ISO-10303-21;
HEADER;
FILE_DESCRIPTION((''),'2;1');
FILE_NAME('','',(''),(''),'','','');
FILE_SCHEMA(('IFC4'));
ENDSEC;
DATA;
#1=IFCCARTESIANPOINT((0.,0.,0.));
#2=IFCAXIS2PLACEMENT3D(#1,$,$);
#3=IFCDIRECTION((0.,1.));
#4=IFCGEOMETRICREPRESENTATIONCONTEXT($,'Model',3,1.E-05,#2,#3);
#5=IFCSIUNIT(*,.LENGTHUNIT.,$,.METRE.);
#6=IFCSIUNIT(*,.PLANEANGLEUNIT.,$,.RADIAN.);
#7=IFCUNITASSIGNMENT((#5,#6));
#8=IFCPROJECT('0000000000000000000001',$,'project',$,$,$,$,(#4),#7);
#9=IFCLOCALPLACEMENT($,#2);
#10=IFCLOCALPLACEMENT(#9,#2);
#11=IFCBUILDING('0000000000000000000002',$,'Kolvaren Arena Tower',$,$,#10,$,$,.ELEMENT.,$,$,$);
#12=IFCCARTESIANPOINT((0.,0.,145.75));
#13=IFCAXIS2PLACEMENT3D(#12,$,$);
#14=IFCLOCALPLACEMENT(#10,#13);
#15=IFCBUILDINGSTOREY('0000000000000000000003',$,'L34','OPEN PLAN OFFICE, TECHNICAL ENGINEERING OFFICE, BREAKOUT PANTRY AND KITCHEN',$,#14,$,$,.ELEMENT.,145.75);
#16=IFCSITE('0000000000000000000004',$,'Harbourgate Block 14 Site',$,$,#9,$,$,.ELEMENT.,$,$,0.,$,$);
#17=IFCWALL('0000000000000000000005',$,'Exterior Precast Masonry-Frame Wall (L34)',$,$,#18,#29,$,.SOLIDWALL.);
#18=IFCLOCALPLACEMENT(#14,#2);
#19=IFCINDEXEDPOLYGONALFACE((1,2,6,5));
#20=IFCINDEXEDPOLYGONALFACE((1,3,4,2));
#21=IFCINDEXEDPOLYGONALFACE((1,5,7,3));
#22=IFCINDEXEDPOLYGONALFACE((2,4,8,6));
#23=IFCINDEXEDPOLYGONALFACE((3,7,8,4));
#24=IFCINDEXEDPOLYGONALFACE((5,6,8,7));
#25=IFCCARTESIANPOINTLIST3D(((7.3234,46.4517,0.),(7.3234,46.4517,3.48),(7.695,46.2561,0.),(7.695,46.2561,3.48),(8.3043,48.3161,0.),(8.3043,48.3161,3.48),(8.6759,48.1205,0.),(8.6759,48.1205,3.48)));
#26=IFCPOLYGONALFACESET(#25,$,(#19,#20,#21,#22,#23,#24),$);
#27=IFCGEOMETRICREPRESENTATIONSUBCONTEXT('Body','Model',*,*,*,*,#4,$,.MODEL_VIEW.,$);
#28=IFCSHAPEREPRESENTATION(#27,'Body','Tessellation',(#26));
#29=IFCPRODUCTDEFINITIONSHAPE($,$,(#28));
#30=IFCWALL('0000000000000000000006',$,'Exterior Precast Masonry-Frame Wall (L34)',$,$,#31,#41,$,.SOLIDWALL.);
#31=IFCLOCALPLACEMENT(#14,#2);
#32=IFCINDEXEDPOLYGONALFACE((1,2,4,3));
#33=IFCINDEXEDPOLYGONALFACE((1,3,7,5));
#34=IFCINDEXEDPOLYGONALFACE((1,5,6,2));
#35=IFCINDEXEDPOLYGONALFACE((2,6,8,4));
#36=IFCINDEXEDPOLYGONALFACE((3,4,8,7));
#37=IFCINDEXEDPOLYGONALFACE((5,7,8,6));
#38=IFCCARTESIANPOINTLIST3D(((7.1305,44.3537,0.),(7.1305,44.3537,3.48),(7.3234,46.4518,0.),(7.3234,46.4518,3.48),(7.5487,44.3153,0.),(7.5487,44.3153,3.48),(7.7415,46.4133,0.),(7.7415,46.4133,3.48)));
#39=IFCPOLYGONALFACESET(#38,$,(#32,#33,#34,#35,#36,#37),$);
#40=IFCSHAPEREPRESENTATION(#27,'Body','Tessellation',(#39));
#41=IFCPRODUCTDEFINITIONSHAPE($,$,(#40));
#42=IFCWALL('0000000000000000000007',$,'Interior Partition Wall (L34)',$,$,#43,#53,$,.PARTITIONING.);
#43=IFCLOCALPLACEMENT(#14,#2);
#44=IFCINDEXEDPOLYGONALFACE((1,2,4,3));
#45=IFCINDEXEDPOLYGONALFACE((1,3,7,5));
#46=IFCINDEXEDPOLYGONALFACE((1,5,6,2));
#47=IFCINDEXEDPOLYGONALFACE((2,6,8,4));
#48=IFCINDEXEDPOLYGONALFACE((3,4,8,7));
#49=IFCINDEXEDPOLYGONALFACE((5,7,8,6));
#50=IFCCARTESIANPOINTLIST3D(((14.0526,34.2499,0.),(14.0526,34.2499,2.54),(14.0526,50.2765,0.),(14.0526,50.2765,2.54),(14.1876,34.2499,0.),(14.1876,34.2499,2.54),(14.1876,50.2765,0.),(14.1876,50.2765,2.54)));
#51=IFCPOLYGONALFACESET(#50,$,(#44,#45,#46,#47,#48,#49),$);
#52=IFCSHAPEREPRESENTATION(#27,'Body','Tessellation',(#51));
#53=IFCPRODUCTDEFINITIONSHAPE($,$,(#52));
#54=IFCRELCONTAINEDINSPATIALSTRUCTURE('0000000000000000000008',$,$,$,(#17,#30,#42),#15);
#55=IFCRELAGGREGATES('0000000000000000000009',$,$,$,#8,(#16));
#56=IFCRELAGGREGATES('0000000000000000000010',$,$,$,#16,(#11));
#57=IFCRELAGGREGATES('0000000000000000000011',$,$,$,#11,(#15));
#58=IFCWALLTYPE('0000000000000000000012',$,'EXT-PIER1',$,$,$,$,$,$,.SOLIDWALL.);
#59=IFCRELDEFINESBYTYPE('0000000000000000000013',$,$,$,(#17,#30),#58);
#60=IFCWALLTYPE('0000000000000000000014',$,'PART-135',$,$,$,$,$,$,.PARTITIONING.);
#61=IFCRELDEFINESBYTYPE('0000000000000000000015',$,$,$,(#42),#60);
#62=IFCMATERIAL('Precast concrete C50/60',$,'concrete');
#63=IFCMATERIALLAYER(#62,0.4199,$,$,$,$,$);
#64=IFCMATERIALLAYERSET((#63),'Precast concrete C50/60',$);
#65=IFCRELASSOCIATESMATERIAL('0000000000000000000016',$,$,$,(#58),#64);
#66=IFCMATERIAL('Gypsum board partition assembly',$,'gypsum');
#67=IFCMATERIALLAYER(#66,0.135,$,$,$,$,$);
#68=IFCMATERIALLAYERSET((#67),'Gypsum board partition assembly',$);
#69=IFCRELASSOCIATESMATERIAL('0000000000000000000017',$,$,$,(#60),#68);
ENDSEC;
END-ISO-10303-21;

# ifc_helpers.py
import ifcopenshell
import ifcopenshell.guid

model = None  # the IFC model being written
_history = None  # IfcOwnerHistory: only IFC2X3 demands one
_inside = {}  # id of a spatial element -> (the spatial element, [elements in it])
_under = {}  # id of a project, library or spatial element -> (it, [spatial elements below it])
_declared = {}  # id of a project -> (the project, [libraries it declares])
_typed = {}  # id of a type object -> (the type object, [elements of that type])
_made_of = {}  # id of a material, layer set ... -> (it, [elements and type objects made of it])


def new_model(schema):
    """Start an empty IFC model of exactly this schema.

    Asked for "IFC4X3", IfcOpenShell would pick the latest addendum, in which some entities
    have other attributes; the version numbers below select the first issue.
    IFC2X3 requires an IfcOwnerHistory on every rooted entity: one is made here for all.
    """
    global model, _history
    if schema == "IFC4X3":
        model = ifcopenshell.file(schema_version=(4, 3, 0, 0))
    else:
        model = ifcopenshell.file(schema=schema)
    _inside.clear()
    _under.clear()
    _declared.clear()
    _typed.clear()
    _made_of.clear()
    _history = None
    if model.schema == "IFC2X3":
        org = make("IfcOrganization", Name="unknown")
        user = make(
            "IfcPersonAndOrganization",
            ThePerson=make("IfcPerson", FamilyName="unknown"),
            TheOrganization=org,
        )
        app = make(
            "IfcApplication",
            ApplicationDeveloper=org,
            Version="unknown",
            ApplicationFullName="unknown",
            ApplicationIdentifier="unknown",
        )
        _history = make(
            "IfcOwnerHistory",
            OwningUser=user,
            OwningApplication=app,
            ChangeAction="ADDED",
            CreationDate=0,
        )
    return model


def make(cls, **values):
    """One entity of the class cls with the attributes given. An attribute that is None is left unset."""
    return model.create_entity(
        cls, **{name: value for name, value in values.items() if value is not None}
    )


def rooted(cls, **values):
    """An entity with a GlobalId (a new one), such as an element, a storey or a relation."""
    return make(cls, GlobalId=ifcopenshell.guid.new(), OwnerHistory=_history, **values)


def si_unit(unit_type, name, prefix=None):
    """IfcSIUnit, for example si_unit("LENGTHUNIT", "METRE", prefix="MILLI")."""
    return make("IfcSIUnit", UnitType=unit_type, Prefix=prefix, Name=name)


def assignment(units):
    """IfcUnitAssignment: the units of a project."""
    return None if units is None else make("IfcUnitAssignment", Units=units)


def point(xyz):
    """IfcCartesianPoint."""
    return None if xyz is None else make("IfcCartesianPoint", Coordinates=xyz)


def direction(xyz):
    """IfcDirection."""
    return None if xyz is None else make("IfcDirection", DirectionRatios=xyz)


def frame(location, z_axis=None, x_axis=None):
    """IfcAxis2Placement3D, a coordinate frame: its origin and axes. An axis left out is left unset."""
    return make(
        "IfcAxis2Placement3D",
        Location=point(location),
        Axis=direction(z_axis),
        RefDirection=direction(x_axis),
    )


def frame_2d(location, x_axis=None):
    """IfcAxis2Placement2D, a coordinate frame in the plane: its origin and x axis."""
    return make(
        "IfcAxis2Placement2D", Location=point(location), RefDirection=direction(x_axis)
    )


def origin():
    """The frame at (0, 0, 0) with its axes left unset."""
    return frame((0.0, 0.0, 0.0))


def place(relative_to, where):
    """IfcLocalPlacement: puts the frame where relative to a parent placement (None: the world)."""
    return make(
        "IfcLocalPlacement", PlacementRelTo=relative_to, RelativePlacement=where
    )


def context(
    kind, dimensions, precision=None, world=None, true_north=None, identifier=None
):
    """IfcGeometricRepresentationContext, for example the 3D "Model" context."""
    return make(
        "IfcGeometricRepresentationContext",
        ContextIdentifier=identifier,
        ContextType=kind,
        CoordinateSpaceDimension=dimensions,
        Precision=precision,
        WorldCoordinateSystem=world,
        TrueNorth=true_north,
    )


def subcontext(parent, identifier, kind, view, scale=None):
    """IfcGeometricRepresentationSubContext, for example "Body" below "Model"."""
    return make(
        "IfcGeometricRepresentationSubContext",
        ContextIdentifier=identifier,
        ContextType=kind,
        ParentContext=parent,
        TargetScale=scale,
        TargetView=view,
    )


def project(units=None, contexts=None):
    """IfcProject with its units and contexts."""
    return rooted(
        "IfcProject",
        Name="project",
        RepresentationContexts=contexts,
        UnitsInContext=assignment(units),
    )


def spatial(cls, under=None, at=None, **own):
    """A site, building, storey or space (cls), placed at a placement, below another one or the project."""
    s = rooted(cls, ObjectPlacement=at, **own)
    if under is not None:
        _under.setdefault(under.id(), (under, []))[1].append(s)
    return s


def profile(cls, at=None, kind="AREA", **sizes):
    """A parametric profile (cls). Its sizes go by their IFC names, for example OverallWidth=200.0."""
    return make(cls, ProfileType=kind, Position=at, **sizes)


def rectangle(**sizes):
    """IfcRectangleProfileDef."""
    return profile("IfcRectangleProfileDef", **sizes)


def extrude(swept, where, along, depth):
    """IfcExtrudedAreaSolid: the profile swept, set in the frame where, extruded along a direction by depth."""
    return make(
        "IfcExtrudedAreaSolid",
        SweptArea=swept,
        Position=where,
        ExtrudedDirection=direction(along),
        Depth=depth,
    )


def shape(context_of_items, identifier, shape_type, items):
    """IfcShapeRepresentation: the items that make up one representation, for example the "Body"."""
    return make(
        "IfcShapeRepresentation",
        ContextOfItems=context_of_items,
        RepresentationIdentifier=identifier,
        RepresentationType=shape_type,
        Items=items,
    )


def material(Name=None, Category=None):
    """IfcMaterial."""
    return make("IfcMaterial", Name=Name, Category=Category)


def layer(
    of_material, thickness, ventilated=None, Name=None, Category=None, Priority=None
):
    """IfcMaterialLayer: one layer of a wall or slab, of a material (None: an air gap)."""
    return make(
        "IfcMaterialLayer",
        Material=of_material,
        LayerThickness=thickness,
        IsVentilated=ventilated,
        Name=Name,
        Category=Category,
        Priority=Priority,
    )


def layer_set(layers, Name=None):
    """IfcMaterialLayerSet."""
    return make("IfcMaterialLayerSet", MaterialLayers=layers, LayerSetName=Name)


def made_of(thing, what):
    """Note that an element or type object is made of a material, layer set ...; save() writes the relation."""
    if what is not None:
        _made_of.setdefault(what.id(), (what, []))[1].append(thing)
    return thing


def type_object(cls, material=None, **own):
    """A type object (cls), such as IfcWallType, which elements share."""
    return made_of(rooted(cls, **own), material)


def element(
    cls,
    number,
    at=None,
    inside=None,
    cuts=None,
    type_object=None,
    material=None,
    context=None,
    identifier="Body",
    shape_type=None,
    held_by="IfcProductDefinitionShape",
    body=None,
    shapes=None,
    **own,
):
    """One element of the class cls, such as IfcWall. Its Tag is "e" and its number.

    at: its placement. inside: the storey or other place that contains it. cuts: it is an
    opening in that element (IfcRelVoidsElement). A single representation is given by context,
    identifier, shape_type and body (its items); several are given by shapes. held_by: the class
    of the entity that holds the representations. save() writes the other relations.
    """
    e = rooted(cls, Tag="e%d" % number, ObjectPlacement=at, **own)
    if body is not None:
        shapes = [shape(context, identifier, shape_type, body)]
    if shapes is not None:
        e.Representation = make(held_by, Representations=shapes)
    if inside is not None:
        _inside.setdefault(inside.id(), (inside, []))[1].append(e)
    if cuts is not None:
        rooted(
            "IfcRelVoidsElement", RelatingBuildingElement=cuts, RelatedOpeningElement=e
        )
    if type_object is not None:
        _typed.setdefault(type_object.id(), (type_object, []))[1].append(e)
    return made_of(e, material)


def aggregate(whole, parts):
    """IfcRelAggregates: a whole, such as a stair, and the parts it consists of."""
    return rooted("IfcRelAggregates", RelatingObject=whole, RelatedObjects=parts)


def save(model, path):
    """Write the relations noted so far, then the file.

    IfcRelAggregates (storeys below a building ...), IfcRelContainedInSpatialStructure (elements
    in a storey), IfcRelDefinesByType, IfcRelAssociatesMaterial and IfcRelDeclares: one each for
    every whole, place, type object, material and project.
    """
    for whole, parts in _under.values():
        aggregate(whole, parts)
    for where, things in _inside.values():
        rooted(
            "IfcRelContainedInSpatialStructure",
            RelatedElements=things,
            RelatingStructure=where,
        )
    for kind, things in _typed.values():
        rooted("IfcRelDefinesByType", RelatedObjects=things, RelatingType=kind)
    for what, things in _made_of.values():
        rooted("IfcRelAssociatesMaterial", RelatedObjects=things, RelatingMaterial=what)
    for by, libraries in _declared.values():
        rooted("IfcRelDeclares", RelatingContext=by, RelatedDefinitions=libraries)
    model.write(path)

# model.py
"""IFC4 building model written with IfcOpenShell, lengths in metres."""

from ifc_helpers import new_model, si_unit, direction, frame, frame_2d, origin, place, context, subcontext, project, spatial, rectangle, extrude, material, layer, layer_set, type_object, element, save


model = new_model("IFC4")

# Units and contexts
model_context = context("Model", 3, precision=1e-05, world=origin(), true_north=direction((0.0, 1.0)))
body_context = subcontext(model_context, "Body", "Model", "MODEL_VIEW")
ifc_project = project(units=[si_unit("LENGTHUNIT", "METRE"), si_unit("PLANEANGLEUNIT", "RADIAN")], contexts=[model_context])

# Site, building, storey
site_placement = place(None, origin())
site = spatial("IfcSite", under=ifc_project, at=site_placement, Name="Harbourgate Block 14 Site", CompositionType="ELEMENT", RefElevation=0.0)
building_placement = place(site_placement, origin())
building = spatial("IfcBuilding", under=site, at=building_placement, Name="Kolvaren Arena Tower", CompositionType="ELEMENT")
storey_placement = place(building_placement, frame((0.0, 0.0, 145.75)))
storey = spatial("IfcBuildingStorey", under=building, at=storey_placement, Name="L34", Description="OPEN PLAN OFFICE, TECHNICAL ENGINEERING OFFICE, BREAKOUT PANTRY AND KITCHEN", CompositionType="ELEMENT", Elevation=145.75)

# Shared definitions
ifc_material_1 = material(Name="Precast concrete C50/60", Category="concrete")
ifc_layer_1 = layer(ifc_material_1, 0.4199)
ifc_layer_set_1 = layer_set([ifc_layer_1], Name="Precast concrete C50/60")
wall_type_1 = type_object("IfcWallType", Name="EXT-PIER1", PredefinedType="SOLIDWALL", material=ifc_layer_set_1)

# Walls
wall_1_placement = place(storey_placement, frame((7.5093, 46.354, 0.0), z_axis=(0.0, 0.0, 1.0), x_axis=(0.465613, 0.884989, 0.0)))
element("IfcWall", 1, at=wall_1_placement, inside=storey, type_object=wall_type_1, Name="Exterior Precast Masonry-Frame Wall (L34)", PredefinedType="SOLIDWALL", context=body_context, shape_type="SweptSolid", body=[
    extrude(rectangle(XDim=2.1067, YDim=0.4199, at=frame_2d((1.0532, 0.0))), origin(), (0.0, 0.0, 1.0), 3.48),
])
wall_2_placement = place(storey_placement, frame((7.3396, 44.3345, 0.0), z_axis=(0.0, 0.0, 1.0), x_axis=(0.091539, 0.995802, 0.0)))
element("IfcWall", 2, at=wall_2_placement, inside=storey, type_object=wall_type_1, Name="Exterior Precast Masonry-Frame Wall (L34)", PredefinedType="SOLIDWALL", context=body_context, shape_type="SweptSolid", body=[
    extrude(rectangle(XDim=2.1069, YDim=0.4199, at=frame_2d((1.0535, 0.0))), origin(), (0.0, 0.0, 1.0), 3.48),
])
ifc_material_2 = material(Name="Gypsum board partition assembly", Category="gypsum")
ifc_layer_2 = layer(ifc_material_2, 0.135)
ifc_layer_set_2 = layer_set([ifc_layer_2], Name="Gypsum board partition assembly")
wall_type_2 = type_object("IfcWallType", Name="PART-135", PredefinedType="PARTITIONING", material=ifc_layer_set_2)
wall_3_placement = place(storey_placement, frame((14.1201, 34.25, 0.0), z_axis=(0.0, 0.0, 1.0), x_axis=(0.0, 1.0, 0.0)))
element("IfcWall", 3, at=wall_3_placement, inside=storey, type_object=wall_type_2, Name="Interior Partition Wall (L34)", PredefinedType="PARTITIONING", context=body_context, shape_type="SweptSolid", body=[
    extrude(rectangle(XDim=16.0266, YDim=0.135, at=frame_2d((8.0132, 0.0))), origin(), (0.0, 0.0, 1.0), 2.54),
])

save(model, "model.ifc")
